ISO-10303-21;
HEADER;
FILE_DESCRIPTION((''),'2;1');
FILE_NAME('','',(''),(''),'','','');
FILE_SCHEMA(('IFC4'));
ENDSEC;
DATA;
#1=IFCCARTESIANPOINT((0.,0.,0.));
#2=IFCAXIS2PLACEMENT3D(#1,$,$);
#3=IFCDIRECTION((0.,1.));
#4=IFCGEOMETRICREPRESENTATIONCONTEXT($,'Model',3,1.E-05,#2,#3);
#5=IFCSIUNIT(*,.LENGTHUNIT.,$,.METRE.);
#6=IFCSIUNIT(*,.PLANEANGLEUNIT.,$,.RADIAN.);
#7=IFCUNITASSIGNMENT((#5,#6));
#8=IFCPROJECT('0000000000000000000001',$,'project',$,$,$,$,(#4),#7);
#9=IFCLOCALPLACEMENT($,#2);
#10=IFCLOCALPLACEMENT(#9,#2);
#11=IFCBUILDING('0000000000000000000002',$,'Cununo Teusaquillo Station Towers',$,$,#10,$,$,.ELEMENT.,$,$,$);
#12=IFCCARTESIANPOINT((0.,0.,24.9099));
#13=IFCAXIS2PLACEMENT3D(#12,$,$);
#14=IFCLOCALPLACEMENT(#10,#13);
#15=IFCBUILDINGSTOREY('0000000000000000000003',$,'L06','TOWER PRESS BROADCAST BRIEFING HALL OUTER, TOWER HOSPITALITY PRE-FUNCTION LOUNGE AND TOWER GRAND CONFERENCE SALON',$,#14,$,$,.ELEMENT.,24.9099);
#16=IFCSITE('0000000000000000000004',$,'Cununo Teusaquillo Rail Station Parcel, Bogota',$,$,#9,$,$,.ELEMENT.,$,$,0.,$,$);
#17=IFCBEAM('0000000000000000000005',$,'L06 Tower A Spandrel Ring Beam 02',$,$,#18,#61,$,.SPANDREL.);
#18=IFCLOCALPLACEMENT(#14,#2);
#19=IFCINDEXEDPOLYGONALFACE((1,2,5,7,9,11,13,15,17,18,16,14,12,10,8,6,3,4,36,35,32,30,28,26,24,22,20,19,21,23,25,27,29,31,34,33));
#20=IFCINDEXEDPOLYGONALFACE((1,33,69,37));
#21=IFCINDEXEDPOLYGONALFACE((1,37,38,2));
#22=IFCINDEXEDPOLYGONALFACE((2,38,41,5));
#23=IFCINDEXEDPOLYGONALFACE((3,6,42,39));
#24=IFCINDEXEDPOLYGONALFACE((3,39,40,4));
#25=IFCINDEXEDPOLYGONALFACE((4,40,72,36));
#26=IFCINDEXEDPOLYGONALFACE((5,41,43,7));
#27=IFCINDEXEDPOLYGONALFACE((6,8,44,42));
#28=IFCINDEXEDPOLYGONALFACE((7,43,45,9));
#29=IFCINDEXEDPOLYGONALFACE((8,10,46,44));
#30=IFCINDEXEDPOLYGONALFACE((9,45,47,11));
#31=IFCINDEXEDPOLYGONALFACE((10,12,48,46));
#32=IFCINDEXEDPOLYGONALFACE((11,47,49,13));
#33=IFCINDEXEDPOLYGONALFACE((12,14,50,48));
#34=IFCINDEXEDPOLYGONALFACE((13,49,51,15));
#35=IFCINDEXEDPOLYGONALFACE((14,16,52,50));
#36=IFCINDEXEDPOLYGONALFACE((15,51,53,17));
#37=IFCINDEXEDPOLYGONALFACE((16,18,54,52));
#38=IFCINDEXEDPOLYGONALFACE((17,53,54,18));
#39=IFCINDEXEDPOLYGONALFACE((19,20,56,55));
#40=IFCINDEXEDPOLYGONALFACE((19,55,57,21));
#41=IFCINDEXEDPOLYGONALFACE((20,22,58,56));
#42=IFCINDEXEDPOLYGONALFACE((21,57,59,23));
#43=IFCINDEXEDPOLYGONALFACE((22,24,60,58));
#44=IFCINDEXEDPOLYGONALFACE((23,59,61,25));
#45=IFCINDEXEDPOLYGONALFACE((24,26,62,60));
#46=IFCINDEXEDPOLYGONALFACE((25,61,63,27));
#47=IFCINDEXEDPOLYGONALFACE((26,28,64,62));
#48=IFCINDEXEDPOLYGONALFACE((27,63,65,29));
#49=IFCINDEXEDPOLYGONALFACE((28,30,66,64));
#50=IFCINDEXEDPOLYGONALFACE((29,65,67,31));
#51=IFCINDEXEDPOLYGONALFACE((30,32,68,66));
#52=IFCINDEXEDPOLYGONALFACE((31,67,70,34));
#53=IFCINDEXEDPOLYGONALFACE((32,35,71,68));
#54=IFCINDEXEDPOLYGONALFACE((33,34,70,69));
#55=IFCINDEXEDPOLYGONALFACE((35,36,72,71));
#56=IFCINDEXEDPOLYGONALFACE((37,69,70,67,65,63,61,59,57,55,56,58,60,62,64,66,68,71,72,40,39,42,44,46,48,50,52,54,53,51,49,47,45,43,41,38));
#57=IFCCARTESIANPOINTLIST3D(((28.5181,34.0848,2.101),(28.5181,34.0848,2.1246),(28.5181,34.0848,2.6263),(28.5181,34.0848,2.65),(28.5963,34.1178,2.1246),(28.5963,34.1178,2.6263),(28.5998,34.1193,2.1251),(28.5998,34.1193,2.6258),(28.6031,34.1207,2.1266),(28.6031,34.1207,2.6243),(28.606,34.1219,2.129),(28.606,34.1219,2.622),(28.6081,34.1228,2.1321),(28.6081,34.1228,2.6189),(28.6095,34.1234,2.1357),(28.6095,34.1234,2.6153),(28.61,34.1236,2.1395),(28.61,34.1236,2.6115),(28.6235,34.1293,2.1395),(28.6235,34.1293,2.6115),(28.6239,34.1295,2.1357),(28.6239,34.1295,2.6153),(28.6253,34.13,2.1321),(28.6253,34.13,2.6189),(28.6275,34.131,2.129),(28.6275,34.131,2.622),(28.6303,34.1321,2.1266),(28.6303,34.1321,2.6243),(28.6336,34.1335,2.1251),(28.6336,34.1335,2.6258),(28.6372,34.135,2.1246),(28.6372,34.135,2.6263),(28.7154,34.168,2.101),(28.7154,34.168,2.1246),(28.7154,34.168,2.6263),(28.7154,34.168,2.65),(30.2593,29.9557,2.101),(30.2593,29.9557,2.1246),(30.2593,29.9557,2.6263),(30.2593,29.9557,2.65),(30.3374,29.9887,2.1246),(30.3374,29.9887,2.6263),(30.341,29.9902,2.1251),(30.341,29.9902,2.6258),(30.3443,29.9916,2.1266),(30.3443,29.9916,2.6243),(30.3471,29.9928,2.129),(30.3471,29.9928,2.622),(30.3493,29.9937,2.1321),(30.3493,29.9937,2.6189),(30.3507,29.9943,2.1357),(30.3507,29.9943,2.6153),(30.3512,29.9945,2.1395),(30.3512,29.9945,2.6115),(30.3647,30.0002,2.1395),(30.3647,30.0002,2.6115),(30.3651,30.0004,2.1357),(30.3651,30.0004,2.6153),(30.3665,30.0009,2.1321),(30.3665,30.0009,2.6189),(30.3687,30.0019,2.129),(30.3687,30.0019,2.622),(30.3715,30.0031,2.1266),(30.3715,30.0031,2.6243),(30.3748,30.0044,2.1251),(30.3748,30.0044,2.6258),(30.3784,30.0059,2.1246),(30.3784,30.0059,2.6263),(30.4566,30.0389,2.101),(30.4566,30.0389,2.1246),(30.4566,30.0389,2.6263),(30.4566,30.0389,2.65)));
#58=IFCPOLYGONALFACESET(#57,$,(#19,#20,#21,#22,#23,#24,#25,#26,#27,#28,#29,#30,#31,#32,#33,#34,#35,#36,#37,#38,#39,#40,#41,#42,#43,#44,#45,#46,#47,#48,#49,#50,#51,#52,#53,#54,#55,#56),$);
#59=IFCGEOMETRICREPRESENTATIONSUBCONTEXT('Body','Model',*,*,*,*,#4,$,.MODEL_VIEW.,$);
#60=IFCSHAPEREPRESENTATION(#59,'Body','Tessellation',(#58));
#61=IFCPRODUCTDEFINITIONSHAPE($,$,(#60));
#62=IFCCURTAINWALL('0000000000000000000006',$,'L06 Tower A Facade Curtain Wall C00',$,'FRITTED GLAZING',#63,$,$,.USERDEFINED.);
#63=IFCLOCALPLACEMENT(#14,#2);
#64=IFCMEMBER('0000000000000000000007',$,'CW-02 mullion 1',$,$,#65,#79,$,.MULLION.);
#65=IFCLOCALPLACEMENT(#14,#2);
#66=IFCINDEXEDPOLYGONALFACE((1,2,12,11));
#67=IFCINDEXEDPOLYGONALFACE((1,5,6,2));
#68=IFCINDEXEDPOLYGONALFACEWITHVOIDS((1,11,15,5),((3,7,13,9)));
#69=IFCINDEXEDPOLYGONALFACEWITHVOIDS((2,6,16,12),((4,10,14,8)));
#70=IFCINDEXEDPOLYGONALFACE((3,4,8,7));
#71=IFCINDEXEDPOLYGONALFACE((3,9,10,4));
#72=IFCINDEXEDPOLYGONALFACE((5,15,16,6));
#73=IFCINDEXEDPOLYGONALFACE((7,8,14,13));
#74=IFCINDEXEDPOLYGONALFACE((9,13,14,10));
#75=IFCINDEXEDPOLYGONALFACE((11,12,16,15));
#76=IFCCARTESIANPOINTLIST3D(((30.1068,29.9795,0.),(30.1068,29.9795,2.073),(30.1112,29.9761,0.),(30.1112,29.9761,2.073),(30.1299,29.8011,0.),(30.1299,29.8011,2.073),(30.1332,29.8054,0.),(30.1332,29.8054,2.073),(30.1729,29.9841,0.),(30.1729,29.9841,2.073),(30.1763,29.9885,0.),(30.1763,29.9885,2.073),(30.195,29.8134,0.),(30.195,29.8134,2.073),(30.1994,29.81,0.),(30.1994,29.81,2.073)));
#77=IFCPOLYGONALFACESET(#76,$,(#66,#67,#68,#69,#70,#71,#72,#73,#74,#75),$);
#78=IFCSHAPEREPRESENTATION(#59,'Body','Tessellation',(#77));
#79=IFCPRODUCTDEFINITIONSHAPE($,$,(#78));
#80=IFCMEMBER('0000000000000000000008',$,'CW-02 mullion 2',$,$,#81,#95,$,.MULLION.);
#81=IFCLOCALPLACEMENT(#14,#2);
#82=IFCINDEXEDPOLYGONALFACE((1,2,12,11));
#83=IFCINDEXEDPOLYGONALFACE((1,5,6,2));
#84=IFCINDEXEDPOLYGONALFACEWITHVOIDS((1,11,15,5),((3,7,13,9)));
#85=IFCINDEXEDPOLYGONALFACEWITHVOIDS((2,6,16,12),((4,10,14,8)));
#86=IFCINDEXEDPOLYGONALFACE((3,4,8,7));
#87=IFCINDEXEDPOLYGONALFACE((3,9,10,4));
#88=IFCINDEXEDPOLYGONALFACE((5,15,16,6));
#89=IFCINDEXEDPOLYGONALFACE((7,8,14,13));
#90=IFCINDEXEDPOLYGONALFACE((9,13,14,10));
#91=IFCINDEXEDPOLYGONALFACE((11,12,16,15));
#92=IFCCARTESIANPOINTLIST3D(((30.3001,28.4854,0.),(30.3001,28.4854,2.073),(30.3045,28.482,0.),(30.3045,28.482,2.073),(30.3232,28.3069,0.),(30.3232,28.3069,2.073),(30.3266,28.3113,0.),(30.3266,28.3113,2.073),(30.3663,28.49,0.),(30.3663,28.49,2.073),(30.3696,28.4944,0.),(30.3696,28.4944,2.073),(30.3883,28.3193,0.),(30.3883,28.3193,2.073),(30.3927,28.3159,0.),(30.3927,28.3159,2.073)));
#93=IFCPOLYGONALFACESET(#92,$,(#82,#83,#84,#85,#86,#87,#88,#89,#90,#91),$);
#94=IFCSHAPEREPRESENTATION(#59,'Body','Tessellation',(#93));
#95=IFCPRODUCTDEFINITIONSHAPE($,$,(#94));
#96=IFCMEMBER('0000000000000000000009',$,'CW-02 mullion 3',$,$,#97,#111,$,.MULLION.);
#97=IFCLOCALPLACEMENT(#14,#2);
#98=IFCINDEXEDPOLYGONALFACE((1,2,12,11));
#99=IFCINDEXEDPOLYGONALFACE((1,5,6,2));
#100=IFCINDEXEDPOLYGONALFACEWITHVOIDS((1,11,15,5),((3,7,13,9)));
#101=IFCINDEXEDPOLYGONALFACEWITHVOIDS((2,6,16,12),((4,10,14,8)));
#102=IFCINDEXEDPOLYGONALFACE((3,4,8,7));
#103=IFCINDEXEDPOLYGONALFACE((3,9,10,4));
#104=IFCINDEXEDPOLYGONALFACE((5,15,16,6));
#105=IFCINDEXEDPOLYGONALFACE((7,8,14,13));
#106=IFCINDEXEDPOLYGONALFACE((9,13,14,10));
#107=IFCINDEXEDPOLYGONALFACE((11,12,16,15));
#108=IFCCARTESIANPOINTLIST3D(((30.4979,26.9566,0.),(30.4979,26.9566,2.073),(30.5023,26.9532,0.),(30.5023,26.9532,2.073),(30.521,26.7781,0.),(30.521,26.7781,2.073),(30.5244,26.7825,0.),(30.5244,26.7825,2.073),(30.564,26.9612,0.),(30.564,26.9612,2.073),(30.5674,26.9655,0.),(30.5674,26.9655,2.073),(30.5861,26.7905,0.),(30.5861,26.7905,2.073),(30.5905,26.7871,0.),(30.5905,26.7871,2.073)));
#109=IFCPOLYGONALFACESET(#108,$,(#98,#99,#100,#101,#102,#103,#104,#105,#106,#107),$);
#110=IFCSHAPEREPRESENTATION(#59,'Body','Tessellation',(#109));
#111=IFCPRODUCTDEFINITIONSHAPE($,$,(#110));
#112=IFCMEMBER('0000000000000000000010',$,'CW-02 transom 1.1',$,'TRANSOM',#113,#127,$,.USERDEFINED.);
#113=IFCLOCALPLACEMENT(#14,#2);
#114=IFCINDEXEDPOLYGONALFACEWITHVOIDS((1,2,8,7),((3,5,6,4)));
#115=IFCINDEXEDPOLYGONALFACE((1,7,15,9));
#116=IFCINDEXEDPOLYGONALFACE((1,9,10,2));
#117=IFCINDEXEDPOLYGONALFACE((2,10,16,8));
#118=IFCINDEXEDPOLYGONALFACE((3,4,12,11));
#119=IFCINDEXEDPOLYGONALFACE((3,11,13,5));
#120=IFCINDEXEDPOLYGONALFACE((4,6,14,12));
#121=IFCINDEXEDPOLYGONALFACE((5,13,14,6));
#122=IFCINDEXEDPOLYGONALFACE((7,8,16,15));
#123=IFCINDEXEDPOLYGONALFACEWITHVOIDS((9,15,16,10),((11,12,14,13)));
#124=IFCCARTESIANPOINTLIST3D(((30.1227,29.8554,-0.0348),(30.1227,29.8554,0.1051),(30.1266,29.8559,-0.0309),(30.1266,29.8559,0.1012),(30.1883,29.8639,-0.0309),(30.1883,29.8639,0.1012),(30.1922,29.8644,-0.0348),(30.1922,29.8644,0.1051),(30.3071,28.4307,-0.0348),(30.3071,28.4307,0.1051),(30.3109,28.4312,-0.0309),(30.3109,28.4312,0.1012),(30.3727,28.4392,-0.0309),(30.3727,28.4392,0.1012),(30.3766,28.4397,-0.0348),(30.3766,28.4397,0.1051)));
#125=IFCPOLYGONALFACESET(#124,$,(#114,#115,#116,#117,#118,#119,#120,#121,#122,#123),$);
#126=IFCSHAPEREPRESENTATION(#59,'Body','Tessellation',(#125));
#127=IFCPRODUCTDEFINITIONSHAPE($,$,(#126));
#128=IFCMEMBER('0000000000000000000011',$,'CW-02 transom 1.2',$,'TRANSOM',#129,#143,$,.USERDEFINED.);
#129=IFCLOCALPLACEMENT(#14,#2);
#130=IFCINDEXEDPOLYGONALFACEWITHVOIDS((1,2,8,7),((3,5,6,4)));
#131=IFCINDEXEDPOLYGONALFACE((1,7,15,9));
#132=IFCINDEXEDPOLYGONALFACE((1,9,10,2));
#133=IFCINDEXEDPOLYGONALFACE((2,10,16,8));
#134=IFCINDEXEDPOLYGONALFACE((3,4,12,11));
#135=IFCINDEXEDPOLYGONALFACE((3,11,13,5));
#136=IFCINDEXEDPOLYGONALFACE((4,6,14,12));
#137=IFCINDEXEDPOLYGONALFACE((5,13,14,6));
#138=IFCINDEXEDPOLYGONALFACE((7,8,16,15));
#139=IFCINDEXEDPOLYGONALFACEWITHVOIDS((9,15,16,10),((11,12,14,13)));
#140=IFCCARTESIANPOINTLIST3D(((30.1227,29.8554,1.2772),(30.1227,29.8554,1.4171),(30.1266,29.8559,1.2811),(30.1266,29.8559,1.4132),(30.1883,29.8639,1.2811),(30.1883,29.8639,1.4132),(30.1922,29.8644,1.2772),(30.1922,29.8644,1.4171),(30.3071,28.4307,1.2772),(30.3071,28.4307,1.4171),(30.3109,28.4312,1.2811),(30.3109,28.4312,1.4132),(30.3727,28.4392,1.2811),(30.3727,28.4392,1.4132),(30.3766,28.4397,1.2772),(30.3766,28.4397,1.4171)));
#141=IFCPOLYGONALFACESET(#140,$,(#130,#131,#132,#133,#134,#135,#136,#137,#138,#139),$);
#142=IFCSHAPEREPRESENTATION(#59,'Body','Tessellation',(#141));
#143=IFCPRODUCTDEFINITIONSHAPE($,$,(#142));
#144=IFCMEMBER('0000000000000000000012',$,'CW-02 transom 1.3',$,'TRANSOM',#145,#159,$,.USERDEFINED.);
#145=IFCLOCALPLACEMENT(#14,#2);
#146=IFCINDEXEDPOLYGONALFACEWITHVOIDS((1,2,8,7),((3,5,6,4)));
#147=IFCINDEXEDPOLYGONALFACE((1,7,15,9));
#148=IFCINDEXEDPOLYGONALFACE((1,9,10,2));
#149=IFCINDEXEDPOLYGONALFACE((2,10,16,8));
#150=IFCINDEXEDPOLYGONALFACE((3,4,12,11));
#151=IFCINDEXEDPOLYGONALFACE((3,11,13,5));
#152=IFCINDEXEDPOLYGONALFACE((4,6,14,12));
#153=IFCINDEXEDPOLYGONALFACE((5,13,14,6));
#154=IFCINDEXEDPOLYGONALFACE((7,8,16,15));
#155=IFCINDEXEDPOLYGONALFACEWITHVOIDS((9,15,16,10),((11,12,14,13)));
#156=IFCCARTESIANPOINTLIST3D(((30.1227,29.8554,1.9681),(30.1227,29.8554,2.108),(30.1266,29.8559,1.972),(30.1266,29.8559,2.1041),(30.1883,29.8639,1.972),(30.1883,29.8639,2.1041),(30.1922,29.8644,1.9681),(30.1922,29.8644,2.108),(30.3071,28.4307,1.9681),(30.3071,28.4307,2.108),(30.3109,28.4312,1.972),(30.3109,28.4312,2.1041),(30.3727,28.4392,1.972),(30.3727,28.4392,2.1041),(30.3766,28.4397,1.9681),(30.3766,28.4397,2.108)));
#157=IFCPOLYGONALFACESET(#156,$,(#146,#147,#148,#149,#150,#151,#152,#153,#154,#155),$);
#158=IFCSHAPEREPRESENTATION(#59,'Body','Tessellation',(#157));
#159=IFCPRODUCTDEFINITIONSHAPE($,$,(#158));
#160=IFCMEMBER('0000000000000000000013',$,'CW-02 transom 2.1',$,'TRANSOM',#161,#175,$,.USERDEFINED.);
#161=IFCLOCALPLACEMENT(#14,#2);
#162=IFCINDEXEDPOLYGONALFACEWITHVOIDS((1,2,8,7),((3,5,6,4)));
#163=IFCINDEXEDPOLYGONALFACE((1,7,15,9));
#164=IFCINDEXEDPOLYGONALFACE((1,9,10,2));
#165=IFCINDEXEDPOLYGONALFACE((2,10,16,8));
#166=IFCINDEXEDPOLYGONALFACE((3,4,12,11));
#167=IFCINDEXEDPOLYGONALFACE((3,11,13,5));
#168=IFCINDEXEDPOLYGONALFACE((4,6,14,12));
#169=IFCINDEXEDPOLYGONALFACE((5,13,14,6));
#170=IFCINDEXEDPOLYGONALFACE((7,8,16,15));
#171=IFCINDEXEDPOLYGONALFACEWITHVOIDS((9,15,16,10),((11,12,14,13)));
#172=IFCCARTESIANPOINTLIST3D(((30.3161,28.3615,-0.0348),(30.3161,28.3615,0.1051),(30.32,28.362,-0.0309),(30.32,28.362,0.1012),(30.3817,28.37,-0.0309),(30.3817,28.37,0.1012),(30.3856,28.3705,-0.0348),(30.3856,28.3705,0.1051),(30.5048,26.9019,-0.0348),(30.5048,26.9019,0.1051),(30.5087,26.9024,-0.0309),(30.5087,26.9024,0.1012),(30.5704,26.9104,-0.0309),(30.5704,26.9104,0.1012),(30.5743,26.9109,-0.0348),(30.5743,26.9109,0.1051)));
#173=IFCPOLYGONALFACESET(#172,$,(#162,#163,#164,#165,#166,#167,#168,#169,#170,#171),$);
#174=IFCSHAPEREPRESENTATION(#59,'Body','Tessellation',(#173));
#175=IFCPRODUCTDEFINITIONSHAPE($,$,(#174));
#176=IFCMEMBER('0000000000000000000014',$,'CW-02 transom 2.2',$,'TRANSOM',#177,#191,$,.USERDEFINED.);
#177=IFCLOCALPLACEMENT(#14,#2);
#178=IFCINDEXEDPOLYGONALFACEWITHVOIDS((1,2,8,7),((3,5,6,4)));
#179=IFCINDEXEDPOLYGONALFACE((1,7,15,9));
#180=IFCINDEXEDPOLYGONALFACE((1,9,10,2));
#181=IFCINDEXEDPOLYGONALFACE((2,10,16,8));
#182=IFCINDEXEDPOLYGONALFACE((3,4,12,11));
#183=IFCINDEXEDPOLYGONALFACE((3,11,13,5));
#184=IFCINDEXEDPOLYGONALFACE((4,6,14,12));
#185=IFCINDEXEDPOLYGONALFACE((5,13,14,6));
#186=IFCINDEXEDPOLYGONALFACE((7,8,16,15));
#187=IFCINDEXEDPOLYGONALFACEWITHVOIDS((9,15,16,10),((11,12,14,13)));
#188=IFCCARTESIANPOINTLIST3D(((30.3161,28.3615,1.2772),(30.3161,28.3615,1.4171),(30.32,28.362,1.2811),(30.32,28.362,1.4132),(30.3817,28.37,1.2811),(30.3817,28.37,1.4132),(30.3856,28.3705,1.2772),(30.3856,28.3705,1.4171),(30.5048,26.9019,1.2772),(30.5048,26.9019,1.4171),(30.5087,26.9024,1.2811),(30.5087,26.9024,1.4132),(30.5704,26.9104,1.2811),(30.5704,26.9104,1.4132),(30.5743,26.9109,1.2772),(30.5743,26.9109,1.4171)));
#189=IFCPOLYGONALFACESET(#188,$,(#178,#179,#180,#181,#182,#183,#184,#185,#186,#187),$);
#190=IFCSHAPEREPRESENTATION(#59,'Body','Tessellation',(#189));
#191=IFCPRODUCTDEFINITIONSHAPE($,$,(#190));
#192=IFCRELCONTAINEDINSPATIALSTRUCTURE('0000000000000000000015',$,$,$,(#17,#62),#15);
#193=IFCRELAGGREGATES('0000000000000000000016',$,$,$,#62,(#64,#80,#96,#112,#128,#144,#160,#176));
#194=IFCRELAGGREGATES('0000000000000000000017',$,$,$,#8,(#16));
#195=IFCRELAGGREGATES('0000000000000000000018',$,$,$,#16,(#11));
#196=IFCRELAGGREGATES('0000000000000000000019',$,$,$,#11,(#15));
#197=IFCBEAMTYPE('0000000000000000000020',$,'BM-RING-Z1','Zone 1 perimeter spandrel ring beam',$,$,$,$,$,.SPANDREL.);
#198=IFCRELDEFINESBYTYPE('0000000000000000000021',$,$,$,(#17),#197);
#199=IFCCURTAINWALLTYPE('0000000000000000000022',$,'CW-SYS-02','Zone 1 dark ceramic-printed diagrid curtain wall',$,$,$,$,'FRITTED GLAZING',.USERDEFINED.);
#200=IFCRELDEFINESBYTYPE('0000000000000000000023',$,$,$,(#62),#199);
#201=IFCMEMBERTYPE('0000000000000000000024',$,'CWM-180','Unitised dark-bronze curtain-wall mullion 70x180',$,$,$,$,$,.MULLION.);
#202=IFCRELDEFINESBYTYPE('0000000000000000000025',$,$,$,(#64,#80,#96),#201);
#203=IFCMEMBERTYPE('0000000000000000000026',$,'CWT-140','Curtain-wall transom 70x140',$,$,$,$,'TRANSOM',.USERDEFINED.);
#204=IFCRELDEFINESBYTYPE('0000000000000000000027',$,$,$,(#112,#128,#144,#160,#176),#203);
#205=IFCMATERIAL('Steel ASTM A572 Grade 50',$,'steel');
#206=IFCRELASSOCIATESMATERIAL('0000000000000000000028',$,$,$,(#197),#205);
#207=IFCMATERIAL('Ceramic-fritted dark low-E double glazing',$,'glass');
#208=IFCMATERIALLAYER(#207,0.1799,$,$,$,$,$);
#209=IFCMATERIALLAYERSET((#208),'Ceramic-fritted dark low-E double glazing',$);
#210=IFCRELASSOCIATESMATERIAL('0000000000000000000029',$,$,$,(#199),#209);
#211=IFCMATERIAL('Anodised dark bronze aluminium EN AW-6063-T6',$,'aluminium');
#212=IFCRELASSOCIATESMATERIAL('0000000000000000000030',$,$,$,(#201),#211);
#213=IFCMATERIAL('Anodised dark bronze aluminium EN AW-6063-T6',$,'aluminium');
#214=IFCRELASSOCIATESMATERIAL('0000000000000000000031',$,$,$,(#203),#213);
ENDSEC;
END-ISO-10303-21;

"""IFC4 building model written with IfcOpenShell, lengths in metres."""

from ifc_helpers import new_model, si_unit, direction, frame, origin, origin_2d, place, context, subcontext, project, spatial, hollow_rectangle, i_section, extrude, material, layer, layer_set, material_profile, profile_set, type_object, element, aggregate, save


model = new_model("IFC4")

# Units and contexts
model_context = context("Model", 3, precision=1e-05, world=origin(), true_north=direction((0.0, 1.0)))
body_context = subcontext(model_context, "Body", "Model", "MODEL_VIEW")
ifc_project = project(units=[si_unit("LENGTHUNIT", "METRE"), si_unit("PLANEANGLEUNIT", "RADIAN")], contexts=[model_context])

# Site, building, storey
site_placement = place(None, origin())
site = spatial("IfcSite", under=ifc_project, at=site_placement, Name="Cununo Teusaquillo Rail Station Parcel, Bogota", CompositionType="ELEMENT", RefElevation=0.0)
building_placement = place(site_placement, origin())
building = spatial("IfcBuilding", under=site, at=building_placement, Name="Cununo Teusaquillo Station Towers", CompositionType="ELEMENT")
storey_placement = place(building_placement, frame((0.0, 0.0, 24.9099)))
storey = spatial("IfcBuildingStorey", under=building, at=storey_placement, Name="L06", Description="TOWER PRESS BROADCAST BRIEFING HALL OUTER, TOWER HOSPITALITY PRE-FUNCTION LOUNGE AND TOWER GRAND CONFERENCE SALON", CompositionType="ELEMENT", Elevation=24.9099)

# Beam
ifc_material_1 = material(Name="Steel ASTM A572 Grade 50", Category="steel")
ifc_material_profile_1 = material_profile(ifc_material_1, i_section(OverallWidth=0.2141, OverallDepth=0.5491, WebThickness=0.0146, FlangeThickness=0.0237, FilletRadius=0.0149, at=origin_2d()), Name="W21X93")
ifc_profile_set_1 = profile_set([ifc_material_profile_1], Name="Steel ASTM A572 Grade 50")
beam_type_1 = type_object("IfcBeamType", Name="BM-RING-Z1", Description="Zone 1 perimeter spandrel ring beam", PredefinedType="SPANDREL", material=ifc_profile_set_1)
beam_1_placement = place(storey_placement, frame((30.3579, 29.9973, 2.3755), z_axis=(-0.388554, 0.921426, 0.0), x_axis=(-0.921426, -0.388554, 0.0)))
element("IfcBeam", 1, at=beam_1_placement, inside=storey, type_object=beam_type_1, Name="L06 Tower A Spandrel Ring Beam 02", PredefinedType="SPANDREL", context=body_context, shape_type="SweptSolid", body=[
    extrude(i_section(OverallWidth=0.2141, OverallDepth=0.5491, WebThickness=0.0146, FlangeThickness=0.0237, FilletRadius=0.0149, at=origin_2d()), origin(), (0.0, 0.0, 1.0), 4.4812),
])

# Curtain wall, members
ifc_material_2 = material(Name="Ceramic-fritted dark low-E double glazing", Category="glass")
ifc_layer_1 = layer(ifc_material_2, 0.1799)
ifc_layer_set_1 = layer_set([ifc_layer_1], Name="Ceramic-fritted dark low-E double glazing")
curtain_wall_type = type_object("IfcCurtainWallType", Name="CW-SYS-02", Description="Zone 1 dark ceramic-printed diagrid curtain wall", ElementType="FRITTED GLAZING", PredefinedType="USERDEFINED", material=ifc_layer_set_1)
curtain_wall_placement = place(storey_placement, origin())
curtain_wall = element("IfcCurtainWall", 2, at=curtain_wall_placement, inside=storey, type_object=curtain_wall_type, Name="L06 Tower A Facade Curtain Wall C00", ObjectType="FRITTED GLAZING", PredefinedType="USERDEFINED")
ifc_material_3 = material(Name="Anodised dark bronze aluminium EN AW-6063-T6", Category="aluminium")
ifc_material_profile_2 = material_profile(ifc_material_3, hollow_rectangle(XDim=0.0701, YDim=0.1799, WallThickness=0.0039, at=origin_2d()), Name="CW-MULL-70x180")
ifc_profile_set_2 = profile_set([ifc_material_profile_2], Name="Anodised dark bronze aluminium EN AW-6063-T6")
member_type_1 = type_object("IfcMemberType", Name="CWM-180", Description="Unitised dark-bronze curtain-wall mullion 70x180", PredefinedType="MULLION", material=ifc_profile_set_2)
member_1_placement = place(storey_placement, frame((30.1531, 29.8948, 0.0), z_axis=(0.0, 0.0, 1.0), x_axis=(0.991736, 0.128292, 0.0)))
member_1 = element("IfcMember", 3, at=member_1_placement, type_object=member_type_1, Name="CW-02 mullion 1", PredefinedType="MULLION", context=body_context, shape_type="SweptSolid", body=[
    extrude(hollow_rectangle(XDim=0.0701, YDim=0.1799, WallThickness=0.0039, at=origin_2d()), origin(), (0.0, 0.0, 1.0), 2.073),
])
member_2_placement = place(storey_placement, frame((30.3464, 28.4006, 0.0), z_axis=(0.0, 0.0, 1.0), x_axis=(0.991736, 0.128292, 0.0)))
member_2 = element("IfcMember", 4, at=member_2_placement, type_object=member_type_1, Name="CW-02 mullion 2", PredefinedType="MULLION", context=body_context, shape_type="SweptSolid", body=[
    extrude(hollow_rectangle(XDim=0.0701, YDim=0.1799, WallThickness=0.0039, at=origin_2d()), origin(), (0.0, 0.0, 1.0), 2.073),
])
member_3_placement = place(storey_placement, frame((30.5442, 26.8718, 0.0), z_axis=(0.0, 0.0, 1.0), x_axis=(0.991736, 0.128292, 0.0)))
member_3 = element("IfcMember", 5, at=member_3_placement, type_object=member_type_1, Name="CW-02 mullion 3", PredefinedType="MULLION", context=body_context, shape_type="SweptSolid", body=[
    extrude(hollow_rectangle(XDim=0.0701, YDim=0.1799, WallThickness=0.0039, at=origin_2d()), origin(), (0.0, 0.0, 1.0), 2.073),
])
ifc_material_4 = material(Name="Anodised dark bronze aluminium EN AW-6063-T6", Category="aluminium")
ifc_material_profile_3 = material_profile(ifc_material_4, hollow_rectangle(XDim=0.0701, YDim=0.1399, WallThickness=0.0039, at=origin_2d()), Name="CW-TRAN-70x140")
ifc_profile_set_3 = profile_set([ifc_material_profile_3], Name="Anodised dark bronze aluminium EN AW-6063-T6")
member_type_2 = type_object("IfcMemberType", Name="CWT-140", Description="Curtain-wall transom 70x140", ElementType="TRANSOM", PredefinedType="USERDEFINED", material=ifc_profile_set_3)
member_4_placement = place(storey_placement, frame((30.1575, 29.8599, 0.0352), z_axis=(0.128322, -0.991733, 0.0), x_axis=(0.991733, 0.128322, 0.0)))
member_4 = element("IfcMember", 6, at=member_4_placement, type_object=member_type_2, Name="CW-02 transom 1.1", ObjectType="TRANSOM", PredefinedType="USERDEFINED", context=body_context, shape_type="SweptSolid", body=[
    extrude(hollow_rectangle(XDim=0.0701, YDim=0.1399, WallThickness=0.0039, at=origin_2d()), origin(), (0.0, 0.0, 1.0), 1.4365),
])
member_5_placement = place(storey_placement, frame((30.1575, 29.8599, 1.3472), z_axis=(0.128322, -0.991733, 0.0), x_axis=(0.991733, 0.128322, 0.0)))
member_5 = element("IfcMember", 7, at=member_5_placement, type_object=member_type_2, Name="CW-02 transom 1.2", ObjectType="TRANSOM", PredefinedType="USERDEFINED", context=body_context, shape_type="SweptSolid", body=[
    extrude(hollow_rectangle(XDim=0.0701, YDim=0.1399, WallThickness=0.0039, at=origin_2d()), origin(), (0.0, 0.0, 1.0), 1.4365),
])
member_6_placement = place(storey_placement, frame((30.1575, 29.8599, 2.0381), z_axis=(0.128322, -0.991733, 0.0), x_axis=(0.991733, 0.128322, 0.0)))
member_6 = element("IfcMember", 8, at=member_6_placement, type_object=member_type_2, Name="CW-02 transom 1.3", ObjectType="TRANSOM", PredefinedType="USERDEFINED", context=body_context, shape_type="SweptSolid", body=[
    extrude(hollow_rectangle(XDim=0.0701, YDim=0.1399, WallThickness=0.0039, at=origin_2d()), origin(), (0.0, 0.0, 1.0), 1.4365),
])
member_7_placement = place(storey_placement, frame((30.3508, 28.366, 0.0352), z_axis=(0.12824, -0.991743, 0.0), x_axis=(0.991743, 0.12824, 0.0)))
member_7 = element("IfcMember", 9, at=member_7_placement, type_object=member_type_2, Name="CW-02 transom 2.1", ObjectType="TRANSOM", PredefinedType="USERDEFINED", context=body_context, shape_type="SweptSolid", body=[
    extrude(hollow_rectangle(XDim=0.0701, YDim=0.1399, WallThickness=0.0039, at=origin_2d()), origin(), (0.0, 0.0, 1.0), 1.4717),
])
member_8_placement = place(storey_placement, frame((30.3508, 28.366, 1.3472), z_axis=(0.12824, -0.991743, 0.0), x_axis=(0.991743, 0.12824, 0.0)))
member_8 = element("IfcMember", 10, at=member_8_placement, type_object=member_type_2, Name="CW-02 transom 2.2", ObjectType="TRANSOM", PredefinedType="USERDEFINED", context=body_context, shape_type="SweptSolid", body=[
    extrude(hollow_rectangle(XDim=0.0701, YDim=0.1399, WallThickness=0.0039, at=origin_2d()), origin(), (0.0, 0.0, 1.0), 1.4717),
])
aggregate(curtain_wall, [member_1, member_2, member_3, member_4, member_5, member_6, member_7, member_8])

save(model, "model.ifc")
